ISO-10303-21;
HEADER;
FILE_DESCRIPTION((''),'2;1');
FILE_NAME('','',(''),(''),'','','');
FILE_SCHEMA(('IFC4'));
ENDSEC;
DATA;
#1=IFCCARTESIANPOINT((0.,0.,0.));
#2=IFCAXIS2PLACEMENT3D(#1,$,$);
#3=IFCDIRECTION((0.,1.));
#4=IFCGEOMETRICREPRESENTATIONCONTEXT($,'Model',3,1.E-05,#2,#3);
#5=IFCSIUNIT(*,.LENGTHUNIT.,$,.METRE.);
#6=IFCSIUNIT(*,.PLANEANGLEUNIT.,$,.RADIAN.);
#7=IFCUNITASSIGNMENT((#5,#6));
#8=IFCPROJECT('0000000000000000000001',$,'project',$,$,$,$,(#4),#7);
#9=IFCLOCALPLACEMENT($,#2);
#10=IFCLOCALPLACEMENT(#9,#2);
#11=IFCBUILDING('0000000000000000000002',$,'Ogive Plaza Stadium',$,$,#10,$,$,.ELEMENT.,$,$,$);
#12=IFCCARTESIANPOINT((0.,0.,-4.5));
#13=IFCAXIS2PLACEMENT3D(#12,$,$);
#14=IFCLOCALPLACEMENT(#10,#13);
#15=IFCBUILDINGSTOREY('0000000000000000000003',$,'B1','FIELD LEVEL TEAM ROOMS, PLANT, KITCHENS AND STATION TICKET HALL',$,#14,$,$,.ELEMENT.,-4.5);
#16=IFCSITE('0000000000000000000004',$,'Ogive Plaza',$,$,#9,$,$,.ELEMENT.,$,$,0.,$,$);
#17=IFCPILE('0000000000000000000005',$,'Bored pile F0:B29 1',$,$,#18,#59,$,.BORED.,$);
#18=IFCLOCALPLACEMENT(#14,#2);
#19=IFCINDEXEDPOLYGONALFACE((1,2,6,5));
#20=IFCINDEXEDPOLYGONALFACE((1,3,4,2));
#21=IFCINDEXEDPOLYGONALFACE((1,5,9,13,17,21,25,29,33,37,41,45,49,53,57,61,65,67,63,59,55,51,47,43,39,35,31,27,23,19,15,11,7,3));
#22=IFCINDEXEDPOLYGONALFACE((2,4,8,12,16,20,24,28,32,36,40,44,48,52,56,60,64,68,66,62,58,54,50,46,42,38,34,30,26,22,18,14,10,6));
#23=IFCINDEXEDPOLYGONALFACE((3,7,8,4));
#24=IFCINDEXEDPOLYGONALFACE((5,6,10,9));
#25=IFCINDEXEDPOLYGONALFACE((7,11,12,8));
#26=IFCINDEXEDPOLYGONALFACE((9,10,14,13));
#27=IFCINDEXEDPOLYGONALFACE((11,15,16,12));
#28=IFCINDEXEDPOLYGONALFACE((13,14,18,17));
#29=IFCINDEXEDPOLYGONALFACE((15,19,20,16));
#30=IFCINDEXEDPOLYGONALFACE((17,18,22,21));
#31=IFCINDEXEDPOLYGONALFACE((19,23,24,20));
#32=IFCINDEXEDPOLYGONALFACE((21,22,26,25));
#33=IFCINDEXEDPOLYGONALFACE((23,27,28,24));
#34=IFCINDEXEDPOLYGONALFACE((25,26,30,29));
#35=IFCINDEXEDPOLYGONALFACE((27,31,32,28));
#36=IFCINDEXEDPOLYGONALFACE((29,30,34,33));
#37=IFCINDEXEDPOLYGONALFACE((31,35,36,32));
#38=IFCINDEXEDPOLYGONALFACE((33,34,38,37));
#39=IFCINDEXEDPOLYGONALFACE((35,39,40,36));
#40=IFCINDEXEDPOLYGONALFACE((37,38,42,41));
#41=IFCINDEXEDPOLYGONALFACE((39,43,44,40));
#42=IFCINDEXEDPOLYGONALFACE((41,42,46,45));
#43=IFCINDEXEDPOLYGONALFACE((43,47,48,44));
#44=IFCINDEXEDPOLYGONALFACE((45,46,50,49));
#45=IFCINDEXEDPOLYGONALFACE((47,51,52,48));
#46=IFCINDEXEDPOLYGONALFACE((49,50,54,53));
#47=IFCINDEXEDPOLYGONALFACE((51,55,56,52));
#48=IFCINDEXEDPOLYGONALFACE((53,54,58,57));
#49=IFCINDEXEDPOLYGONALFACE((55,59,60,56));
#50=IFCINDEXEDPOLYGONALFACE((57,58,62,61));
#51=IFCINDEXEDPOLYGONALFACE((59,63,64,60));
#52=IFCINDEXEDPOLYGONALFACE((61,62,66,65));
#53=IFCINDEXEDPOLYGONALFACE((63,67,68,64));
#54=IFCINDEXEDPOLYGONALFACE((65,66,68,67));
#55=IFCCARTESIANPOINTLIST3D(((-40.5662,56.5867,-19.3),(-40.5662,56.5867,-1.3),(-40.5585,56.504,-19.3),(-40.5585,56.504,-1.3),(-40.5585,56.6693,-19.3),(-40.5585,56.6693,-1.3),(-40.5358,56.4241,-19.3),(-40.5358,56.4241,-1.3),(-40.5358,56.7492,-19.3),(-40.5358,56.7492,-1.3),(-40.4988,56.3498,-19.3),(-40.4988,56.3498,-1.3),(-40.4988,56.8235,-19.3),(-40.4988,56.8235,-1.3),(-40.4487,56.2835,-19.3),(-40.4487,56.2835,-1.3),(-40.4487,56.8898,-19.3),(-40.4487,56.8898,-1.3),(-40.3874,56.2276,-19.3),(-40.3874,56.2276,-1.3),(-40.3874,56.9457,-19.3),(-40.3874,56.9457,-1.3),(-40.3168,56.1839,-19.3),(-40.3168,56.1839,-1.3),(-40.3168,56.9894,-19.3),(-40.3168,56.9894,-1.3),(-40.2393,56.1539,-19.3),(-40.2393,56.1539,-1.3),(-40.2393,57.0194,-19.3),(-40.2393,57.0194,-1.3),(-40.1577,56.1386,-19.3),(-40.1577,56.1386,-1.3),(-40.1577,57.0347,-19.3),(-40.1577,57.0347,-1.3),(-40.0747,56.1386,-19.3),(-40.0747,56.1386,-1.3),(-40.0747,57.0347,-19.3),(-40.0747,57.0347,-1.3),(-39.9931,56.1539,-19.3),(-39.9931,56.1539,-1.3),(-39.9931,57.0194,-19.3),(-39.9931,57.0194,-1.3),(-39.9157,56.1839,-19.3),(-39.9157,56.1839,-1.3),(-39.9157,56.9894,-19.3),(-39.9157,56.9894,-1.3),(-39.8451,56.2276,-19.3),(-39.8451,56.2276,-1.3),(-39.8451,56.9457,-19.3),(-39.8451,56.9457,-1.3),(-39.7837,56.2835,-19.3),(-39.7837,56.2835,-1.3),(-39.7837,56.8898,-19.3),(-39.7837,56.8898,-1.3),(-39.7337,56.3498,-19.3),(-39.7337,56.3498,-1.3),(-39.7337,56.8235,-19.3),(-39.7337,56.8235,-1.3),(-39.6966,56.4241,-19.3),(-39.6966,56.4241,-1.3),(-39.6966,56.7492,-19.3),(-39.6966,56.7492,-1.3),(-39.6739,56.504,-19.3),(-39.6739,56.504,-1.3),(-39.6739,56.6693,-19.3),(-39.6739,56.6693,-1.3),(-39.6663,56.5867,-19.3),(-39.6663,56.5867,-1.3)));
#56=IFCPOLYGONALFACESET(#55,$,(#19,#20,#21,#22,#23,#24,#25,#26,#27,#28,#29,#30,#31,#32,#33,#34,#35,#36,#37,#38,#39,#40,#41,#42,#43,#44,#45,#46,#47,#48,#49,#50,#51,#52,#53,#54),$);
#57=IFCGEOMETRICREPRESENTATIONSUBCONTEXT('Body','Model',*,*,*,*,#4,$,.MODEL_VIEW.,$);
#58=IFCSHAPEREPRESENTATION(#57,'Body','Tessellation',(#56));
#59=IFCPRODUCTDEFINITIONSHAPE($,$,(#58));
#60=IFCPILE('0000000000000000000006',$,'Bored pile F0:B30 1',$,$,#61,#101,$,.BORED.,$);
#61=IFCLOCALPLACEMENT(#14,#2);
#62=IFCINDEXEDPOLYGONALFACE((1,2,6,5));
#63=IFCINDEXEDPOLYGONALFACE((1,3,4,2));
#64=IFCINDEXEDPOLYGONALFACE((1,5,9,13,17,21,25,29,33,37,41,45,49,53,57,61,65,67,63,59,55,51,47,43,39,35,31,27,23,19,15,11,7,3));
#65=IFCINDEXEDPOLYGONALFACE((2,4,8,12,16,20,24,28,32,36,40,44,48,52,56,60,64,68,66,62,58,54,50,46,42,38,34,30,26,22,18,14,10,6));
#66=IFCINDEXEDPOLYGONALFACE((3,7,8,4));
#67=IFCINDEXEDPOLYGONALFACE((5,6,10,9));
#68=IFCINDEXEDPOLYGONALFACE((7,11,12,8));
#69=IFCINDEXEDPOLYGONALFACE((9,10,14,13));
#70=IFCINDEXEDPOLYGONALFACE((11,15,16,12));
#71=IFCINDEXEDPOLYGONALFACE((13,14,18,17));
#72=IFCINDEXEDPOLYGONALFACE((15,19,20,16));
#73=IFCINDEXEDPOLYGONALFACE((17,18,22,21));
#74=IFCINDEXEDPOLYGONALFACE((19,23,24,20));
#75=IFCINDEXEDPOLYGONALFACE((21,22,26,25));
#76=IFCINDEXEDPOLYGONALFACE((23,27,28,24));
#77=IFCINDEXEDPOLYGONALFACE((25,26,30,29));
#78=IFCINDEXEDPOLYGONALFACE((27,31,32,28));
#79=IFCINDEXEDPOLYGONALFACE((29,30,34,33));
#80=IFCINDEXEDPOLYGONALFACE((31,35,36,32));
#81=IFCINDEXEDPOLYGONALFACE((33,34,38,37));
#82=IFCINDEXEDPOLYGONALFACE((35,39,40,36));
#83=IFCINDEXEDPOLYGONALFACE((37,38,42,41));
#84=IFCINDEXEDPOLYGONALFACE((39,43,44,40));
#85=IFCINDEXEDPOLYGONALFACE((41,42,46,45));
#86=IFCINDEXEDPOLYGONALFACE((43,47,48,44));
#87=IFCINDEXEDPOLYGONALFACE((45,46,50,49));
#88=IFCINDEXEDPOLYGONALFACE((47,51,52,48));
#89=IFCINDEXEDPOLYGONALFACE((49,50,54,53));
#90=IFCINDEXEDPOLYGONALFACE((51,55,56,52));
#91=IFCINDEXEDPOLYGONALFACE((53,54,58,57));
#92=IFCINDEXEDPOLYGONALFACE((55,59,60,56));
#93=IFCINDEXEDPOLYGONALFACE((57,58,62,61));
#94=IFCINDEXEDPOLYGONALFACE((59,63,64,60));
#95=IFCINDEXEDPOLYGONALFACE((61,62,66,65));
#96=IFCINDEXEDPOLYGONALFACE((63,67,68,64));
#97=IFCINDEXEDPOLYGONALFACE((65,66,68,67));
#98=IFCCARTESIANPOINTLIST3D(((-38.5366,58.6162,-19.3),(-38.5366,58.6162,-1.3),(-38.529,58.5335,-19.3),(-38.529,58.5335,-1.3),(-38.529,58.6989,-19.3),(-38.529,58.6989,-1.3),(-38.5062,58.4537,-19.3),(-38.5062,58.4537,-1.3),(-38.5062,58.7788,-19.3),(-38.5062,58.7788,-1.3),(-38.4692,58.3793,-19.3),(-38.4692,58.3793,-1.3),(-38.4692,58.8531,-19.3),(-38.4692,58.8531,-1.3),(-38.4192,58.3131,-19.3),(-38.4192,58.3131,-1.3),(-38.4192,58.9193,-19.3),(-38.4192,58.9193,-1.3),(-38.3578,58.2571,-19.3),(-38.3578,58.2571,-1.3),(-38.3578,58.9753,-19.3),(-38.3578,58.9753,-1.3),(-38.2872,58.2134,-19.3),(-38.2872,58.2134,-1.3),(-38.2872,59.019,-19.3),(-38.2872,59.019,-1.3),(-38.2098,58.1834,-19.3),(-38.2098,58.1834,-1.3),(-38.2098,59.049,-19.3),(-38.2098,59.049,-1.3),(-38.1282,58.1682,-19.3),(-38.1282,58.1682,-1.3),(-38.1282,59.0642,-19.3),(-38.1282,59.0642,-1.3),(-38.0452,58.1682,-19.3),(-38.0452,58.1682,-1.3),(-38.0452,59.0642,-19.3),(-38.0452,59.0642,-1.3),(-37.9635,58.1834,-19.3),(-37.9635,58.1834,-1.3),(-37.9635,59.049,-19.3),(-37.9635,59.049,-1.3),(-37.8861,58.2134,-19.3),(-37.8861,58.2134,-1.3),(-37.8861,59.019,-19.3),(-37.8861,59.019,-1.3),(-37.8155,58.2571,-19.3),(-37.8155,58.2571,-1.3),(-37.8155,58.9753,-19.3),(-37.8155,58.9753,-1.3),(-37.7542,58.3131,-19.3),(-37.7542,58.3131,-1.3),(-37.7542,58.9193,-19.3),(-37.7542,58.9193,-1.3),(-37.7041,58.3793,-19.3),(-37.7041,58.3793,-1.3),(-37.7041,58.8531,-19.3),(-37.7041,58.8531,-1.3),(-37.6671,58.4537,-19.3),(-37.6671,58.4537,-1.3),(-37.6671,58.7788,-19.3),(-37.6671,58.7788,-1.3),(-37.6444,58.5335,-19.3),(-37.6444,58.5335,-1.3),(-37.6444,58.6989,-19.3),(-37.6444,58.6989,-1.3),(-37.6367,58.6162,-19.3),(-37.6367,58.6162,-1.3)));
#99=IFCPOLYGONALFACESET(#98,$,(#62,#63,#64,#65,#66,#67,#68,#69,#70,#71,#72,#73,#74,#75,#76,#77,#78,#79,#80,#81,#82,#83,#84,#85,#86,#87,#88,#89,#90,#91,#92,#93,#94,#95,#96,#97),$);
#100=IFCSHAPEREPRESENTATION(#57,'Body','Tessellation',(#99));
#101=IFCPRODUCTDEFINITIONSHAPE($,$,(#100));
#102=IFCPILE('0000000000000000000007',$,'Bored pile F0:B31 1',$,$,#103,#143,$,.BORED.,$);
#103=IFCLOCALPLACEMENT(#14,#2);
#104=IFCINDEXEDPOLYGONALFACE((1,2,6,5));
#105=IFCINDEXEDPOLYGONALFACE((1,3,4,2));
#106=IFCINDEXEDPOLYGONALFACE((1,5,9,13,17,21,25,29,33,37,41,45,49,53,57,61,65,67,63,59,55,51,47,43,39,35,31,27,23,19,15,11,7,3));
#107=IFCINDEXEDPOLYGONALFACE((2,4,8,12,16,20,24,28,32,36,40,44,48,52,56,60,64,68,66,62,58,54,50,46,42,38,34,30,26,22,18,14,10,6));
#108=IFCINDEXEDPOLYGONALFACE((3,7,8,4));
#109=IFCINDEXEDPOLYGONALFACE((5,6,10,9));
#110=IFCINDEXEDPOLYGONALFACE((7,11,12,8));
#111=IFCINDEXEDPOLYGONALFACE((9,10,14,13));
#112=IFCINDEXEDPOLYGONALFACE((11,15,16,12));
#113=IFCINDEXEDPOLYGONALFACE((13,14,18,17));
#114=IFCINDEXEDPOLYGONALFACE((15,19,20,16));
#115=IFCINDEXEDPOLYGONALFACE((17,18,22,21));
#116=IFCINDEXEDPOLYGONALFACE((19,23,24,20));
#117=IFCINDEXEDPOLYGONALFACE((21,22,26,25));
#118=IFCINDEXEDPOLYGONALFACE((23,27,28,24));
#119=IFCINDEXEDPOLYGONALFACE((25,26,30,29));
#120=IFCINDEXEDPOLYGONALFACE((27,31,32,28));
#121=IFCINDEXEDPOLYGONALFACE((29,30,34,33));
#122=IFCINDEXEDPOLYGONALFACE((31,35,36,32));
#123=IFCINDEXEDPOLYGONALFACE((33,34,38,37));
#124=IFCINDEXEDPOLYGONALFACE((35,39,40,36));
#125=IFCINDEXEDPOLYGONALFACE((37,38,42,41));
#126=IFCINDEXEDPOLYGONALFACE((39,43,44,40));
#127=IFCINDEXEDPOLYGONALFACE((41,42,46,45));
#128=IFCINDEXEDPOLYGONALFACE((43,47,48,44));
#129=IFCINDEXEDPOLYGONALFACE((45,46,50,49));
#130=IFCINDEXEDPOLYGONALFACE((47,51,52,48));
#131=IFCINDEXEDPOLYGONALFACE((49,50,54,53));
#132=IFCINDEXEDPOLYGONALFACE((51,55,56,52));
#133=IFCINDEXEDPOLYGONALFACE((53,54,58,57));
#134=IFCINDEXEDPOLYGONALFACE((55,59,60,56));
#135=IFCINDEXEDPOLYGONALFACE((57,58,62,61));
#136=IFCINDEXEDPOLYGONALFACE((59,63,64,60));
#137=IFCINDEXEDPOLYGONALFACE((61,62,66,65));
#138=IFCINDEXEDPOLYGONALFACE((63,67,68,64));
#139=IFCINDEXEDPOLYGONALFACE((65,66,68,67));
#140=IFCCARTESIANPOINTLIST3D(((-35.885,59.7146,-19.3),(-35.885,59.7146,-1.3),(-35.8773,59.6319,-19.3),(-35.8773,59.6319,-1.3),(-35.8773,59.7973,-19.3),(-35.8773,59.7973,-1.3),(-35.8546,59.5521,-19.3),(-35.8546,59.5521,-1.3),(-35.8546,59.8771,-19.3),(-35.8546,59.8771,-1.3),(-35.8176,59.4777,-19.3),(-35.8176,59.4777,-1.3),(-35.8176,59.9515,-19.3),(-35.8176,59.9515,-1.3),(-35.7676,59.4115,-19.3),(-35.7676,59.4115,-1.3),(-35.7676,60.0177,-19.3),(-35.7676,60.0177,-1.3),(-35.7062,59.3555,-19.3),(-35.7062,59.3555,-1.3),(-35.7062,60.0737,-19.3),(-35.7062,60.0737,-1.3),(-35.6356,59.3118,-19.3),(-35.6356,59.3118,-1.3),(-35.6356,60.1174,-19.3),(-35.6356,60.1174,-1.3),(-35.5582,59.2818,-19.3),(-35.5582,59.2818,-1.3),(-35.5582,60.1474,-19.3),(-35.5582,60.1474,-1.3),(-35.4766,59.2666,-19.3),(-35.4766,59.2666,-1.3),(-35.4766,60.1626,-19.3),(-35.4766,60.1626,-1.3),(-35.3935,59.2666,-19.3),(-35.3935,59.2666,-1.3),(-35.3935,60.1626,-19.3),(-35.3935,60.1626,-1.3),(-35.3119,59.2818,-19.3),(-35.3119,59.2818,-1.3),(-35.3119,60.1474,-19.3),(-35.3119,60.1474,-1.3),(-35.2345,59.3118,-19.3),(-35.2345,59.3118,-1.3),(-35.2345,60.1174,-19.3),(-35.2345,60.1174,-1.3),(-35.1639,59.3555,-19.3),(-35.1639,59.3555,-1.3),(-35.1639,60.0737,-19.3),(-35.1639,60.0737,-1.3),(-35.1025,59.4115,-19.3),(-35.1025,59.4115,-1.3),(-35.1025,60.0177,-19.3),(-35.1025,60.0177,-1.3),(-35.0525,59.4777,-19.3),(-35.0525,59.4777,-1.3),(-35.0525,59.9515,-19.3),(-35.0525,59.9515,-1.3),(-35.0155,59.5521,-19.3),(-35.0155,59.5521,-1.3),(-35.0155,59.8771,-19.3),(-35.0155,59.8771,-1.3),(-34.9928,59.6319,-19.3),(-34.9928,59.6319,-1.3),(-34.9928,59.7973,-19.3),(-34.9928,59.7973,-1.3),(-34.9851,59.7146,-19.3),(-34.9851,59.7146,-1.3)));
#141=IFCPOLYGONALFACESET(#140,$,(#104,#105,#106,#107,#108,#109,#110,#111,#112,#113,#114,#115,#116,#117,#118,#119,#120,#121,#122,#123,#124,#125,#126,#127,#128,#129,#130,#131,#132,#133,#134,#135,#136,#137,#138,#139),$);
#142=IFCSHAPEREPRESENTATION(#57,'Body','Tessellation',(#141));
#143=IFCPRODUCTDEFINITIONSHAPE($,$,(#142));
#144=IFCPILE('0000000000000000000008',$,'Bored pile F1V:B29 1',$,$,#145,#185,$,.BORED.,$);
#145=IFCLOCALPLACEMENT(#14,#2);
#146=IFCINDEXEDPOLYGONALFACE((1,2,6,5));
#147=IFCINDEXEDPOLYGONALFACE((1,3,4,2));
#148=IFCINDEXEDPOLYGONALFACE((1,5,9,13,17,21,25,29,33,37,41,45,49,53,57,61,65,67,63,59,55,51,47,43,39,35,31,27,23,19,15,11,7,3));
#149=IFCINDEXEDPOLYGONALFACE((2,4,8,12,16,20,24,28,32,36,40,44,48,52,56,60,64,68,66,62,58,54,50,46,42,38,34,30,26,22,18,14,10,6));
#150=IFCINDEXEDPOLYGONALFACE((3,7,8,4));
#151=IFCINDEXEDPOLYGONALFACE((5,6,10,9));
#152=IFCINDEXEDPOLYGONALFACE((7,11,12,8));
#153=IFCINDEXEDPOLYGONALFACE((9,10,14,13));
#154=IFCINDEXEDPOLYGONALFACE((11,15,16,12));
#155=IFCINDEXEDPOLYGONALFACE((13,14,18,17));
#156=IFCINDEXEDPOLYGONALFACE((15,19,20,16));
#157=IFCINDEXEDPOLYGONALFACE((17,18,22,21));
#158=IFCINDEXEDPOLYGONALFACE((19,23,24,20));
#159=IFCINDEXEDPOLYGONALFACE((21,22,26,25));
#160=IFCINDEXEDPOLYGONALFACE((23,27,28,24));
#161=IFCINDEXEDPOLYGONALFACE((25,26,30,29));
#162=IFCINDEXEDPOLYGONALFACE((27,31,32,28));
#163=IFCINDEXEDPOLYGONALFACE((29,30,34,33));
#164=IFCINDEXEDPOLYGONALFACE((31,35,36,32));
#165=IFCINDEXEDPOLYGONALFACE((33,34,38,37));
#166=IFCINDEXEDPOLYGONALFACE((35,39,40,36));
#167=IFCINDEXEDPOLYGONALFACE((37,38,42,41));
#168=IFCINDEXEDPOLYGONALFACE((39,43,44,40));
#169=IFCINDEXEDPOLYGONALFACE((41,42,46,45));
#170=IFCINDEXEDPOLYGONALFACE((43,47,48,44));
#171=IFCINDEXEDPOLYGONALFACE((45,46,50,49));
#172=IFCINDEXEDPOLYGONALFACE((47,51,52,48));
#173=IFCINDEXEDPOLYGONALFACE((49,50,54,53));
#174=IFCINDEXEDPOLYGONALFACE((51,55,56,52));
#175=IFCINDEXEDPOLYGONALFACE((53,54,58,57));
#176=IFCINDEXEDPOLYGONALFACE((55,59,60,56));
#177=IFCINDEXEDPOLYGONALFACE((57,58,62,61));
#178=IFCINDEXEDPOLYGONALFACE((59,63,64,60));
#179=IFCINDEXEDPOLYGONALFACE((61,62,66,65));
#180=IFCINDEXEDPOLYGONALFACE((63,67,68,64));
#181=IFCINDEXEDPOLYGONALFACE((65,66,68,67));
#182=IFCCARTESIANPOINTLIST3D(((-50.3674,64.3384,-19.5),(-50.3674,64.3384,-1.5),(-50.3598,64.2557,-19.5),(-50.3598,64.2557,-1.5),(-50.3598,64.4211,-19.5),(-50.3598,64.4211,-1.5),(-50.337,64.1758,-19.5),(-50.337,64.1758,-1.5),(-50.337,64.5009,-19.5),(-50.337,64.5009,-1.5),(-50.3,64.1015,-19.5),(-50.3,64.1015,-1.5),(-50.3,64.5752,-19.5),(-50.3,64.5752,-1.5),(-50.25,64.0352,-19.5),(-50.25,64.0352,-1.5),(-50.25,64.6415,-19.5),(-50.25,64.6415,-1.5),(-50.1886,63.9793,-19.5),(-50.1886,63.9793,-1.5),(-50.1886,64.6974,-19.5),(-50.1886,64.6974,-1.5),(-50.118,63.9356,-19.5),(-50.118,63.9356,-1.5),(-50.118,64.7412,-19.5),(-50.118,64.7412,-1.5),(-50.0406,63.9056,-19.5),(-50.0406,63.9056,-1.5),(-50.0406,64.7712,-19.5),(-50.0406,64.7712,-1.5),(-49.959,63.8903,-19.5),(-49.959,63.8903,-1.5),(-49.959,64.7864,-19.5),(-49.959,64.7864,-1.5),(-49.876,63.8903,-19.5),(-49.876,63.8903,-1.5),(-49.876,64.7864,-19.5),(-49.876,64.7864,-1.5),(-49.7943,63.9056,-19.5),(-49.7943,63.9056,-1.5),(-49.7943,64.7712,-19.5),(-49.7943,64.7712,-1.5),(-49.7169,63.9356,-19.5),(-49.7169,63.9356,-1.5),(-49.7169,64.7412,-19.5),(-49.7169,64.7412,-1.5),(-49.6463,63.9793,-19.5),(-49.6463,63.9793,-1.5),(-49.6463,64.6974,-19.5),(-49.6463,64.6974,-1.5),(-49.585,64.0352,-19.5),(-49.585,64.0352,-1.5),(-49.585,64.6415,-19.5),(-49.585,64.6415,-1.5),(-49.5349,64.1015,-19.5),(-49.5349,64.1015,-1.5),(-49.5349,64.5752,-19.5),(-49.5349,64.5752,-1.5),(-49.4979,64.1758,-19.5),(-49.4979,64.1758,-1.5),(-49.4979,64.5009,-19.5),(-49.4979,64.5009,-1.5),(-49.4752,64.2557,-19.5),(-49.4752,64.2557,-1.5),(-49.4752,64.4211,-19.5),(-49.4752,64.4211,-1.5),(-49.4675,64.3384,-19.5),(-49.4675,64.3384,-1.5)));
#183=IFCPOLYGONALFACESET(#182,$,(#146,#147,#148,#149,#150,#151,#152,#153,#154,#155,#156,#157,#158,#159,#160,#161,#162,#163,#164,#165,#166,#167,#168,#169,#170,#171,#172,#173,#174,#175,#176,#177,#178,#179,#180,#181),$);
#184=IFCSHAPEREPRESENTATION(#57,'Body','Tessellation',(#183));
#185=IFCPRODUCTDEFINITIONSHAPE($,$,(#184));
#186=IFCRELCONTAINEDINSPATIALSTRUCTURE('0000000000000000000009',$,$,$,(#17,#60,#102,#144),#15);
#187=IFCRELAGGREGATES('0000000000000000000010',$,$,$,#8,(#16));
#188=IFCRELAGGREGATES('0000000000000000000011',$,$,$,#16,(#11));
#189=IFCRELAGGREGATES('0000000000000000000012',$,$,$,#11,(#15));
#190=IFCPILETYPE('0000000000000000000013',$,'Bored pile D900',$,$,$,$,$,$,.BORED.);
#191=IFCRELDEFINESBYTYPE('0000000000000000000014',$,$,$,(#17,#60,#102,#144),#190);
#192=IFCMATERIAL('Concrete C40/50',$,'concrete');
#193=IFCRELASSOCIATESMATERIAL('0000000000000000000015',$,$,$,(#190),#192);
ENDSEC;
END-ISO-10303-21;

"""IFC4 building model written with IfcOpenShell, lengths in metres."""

from ifc_helpers import new_model, si_unit, direction, frame, origin, origin_2d, place, context, subcontext, project, spatial, circle, extrude, material, material_profile, profile_set, type_object, element, save


model = new_model("IFC4")

# Units and contexts
model_context = context("Model", 3, precision=1e-05, world=origin(), true_north=direction((0.0, 1.0)))
body_context = subcontext(model_context, "Body", "Model", "MODEL_VIEW")
ifc_project = project(units=[si_unit("LENGTHUNIT", "METRE"), si_unit("PLANEANGLEUNIT", "RADIAN")], contexts=[model_context])

# Site, building, storey
site_placement = place(None, origin())
site = spatial("IfcSite", under=ifc_project, at=site_placement, Name="Ogive Plaza", CompositionType="ELEMENT", RefElevation=0.0)
building_placement = place(site_placement, origin())
building = spatial("IfcBuilding", under=site, at=building_placement, Name="Ogive Plaza Stadium", CompositionType="ELEMENT")
storey_placement = place(building_placement, frame((0.0, 0.0, -4.5)))
storey = spatial("IfcBuildingStorey", under=building, at=storey_placement, Name="B1", Description="FIELD LEVEL TEAM ROOMS, PLANT, KITCHENS AND STATION TICKET HALL", CompositionType="ELEMENT", Elevation=-4.5)

# Piles
ifc_material_1 = material(Name="Concrete C40/50", Category="concrete")
ifc_material_profile_1 = material_profile(ifc_material_1, circle(Radius=0.45, at=origin_2d()), Name="RC D900")
ifc_profile_set_1 = profile_set([ifc_material_profile_1], Name="Concrete C40/50")
pile_type = type_object("IfcPileType", Name="Bored pile D900", PredefinedType="BORED", material=ifc_profile_set_1)
for number, where, z_axis, x_axis, name in (
    (1, (-40.1162, 56.5867, -1.3), (0.0, 0.0, -1.0), (1.0, 0.0, 0.0), "Bored pile F0:B29 1"),
    (2, (-38.0867, 58.6162, -1.3), (0.0, 0.0, -1.0), (1.0, 0.0, 0.0), "Bored pile F0:B30 1"),
    (3, (-35.4351, 59.7146, -1.3), (0.0, 0.0, -1.0), (1.0, 0.0, 0.0), "Bored pile F0:B31 1"),
    (4, (-49.9175, 64.3384, -1.5), (0.0, 0.0, -1.0), (1.0, 0.0, 0.0), "Bored pile F1V:B29 1"),
):
    element("IfcPile", number, at=place(storey_placement, frame(where, z_axis=z_axis, x_axis=x_axis)), inside=storey, type_object=pile_type, Name=name, PredefinedType="BORED", context=body_context, shape_type="SweptSolid", body=[
        extrude(circle(Radius=0.45, at=origin_2d()), origin(), (0.0, 0.0, 1.0), 18.0),
    ])

save(model, "model.ifc")
